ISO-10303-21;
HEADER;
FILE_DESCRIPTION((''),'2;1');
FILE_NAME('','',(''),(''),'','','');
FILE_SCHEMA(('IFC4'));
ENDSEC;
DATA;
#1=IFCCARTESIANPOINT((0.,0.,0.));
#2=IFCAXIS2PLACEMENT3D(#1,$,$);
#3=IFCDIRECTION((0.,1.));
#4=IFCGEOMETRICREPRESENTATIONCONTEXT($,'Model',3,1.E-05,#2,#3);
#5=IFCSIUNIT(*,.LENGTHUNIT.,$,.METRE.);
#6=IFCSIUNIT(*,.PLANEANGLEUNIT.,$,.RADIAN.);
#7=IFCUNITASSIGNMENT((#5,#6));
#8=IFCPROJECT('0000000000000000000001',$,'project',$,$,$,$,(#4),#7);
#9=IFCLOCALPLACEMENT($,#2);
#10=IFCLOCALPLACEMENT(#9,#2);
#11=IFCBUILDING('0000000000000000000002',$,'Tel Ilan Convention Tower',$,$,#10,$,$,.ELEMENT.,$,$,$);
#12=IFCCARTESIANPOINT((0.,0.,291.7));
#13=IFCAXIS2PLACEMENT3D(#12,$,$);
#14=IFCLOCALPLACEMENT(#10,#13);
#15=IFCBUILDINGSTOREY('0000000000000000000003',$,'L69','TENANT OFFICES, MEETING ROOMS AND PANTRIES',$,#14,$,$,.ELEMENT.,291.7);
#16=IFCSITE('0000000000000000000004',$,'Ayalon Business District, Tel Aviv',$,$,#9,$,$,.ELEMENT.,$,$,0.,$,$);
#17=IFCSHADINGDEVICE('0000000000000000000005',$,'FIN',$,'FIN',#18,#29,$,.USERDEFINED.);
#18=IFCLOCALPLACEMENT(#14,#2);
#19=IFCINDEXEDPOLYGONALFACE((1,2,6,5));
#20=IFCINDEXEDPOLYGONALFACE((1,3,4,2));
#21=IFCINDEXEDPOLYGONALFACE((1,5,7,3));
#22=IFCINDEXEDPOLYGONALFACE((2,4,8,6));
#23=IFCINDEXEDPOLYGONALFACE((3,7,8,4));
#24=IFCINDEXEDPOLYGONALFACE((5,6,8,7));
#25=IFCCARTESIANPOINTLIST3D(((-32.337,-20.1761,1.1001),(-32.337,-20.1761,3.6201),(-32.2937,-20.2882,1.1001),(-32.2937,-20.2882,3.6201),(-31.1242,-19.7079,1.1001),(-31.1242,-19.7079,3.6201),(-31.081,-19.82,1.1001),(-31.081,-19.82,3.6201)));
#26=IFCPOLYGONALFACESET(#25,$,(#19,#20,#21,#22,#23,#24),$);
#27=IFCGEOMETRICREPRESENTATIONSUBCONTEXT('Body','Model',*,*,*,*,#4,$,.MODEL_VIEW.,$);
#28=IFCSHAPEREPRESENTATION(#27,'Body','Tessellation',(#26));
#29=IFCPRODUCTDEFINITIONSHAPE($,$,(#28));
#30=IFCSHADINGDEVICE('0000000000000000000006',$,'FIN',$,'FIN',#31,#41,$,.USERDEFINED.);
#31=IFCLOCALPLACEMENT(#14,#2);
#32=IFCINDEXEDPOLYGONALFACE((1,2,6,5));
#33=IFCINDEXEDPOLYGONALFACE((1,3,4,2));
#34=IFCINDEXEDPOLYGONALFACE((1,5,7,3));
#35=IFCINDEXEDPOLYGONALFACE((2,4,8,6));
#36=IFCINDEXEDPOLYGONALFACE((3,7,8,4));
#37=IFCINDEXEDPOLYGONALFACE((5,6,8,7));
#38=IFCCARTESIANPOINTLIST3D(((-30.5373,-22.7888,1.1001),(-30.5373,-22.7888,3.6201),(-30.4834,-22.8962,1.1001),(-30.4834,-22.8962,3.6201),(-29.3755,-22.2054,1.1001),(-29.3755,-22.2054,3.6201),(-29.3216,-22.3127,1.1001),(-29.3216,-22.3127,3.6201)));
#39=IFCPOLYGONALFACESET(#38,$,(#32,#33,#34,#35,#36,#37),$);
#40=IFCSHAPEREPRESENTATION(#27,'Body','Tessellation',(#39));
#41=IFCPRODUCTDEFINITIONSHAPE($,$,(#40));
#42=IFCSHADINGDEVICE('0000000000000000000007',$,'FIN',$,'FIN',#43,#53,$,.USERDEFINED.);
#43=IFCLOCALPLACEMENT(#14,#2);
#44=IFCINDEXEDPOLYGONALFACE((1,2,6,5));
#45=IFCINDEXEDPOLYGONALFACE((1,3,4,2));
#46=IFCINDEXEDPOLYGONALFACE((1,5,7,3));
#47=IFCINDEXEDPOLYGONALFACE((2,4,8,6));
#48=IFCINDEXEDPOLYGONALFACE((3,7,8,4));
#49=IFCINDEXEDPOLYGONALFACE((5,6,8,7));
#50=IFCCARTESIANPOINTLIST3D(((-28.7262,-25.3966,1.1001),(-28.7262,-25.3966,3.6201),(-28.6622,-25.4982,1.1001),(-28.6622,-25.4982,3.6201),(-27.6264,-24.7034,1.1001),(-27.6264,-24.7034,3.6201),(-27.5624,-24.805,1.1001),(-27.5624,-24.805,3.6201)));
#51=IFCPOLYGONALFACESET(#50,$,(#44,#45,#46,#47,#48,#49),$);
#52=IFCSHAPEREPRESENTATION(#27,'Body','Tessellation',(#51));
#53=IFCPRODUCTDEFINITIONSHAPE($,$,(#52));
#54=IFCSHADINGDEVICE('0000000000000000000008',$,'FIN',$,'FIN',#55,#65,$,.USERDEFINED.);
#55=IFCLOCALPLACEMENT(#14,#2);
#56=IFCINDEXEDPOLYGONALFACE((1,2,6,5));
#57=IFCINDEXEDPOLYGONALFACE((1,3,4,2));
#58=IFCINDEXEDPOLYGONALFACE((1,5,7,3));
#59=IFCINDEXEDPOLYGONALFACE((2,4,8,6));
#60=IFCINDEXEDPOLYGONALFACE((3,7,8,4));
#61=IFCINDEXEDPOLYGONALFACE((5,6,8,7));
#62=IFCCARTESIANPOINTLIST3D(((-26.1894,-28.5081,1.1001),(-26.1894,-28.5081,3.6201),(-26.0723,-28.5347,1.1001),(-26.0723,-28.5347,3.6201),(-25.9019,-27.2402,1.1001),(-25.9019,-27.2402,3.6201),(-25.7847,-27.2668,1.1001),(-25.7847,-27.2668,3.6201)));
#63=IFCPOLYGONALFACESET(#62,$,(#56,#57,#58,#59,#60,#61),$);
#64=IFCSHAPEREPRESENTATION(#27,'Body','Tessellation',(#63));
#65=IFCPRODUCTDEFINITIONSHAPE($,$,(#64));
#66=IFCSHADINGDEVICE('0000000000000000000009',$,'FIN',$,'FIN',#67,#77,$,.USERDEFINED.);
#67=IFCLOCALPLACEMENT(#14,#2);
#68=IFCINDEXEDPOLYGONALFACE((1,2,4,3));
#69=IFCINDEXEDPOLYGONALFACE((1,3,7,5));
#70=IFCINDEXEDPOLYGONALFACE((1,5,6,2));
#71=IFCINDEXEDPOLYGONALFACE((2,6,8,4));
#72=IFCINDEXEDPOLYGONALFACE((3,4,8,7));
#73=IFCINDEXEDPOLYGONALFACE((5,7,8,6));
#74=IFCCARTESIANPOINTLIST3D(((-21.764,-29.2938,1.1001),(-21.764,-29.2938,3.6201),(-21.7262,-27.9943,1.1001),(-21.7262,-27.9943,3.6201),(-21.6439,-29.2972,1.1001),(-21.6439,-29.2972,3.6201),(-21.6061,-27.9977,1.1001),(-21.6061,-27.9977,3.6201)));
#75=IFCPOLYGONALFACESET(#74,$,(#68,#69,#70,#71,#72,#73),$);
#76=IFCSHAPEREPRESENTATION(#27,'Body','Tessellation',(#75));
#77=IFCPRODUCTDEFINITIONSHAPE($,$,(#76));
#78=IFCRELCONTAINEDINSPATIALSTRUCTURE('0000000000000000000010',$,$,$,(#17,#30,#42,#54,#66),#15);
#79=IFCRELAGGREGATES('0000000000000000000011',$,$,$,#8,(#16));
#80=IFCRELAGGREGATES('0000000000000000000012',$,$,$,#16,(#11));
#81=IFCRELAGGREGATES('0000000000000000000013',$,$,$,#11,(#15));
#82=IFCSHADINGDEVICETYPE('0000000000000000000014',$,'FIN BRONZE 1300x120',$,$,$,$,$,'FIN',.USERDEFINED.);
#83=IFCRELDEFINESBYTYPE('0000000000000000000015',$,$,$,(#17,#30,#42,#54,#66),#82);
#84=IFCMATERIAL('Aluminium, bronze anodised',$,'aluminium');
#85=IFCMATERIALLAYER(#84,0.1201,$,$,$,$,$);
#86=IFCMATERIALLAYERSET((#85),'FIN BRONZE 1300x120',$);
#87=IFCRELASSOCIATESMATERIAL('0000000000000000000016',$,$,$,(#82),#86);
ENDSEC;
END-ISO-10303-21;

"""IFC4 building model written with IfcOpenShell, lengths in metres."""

from ifc_helpers import new_model, si_unit, direction, frame, origin, origin_2d, place, context, subcontext, project, spatial, rectangle, extrude, material, layer, layer_set, type_object, element, save


model = new_model("IFC4")

# Units and contexts
model_context = context("Model", 3, precision=1e-05, world=origin(), true_north=direction((0.0, 1.0)))
body_context = subcontext(model_context, "Body", "Model", "MODEL_VIEW")
ifc_project = project(units=[si_unit("LENGTHUNIT", "METRE"), si_unit("PLANEANGLEUNIT", "RADIAN")], contexts=[model_context])

# Site, building, storey
site_placement = place(None, origin())
site = spatial("IfcSite", under=ifc_project, at=site_placement, Name="Ayalon Business District, Tel Aviv", CompositionType="ELEMENT", RefElevation=0.0)
building_placement = place(site_placement, origin())
building = spatial("IfcBuilding", under=site, at=building_placement, Name="Tel Ilan Convention Tower", CompositionType="ELEMENT")
storey_placement = place(building_placement, frame((0.0, 0.0, 291.7)))
storey = spatial("IfcBuildingStorey", under=building, at=storey_placement, Name="L69", Description="TENANT OFFICES, MEETING ROOMS AND PANTRIES", CompositionType="ELEMENT", Elevation=291.7)

# Shading devices
ifc_material_1 = material(Name="Aluminium, bronze anodised", Category="aluminium")
ifc_layer_1 = layer(ifc_material_1, 0.1201)
ifc_layer_set_1 = layer_set([ifc_layer_1], Name="FIN BRONZE 1300x120")
shading_device_type = type_object("IfcShadingDeviceType", Name="FIN BRONZE 1300x120", ElementType="FIN", PredefinedType="USERDEFINED", material=ifc_layer_set_1)
for number, where, z_axis, x_axis, name in (
    (1, (-31.709, -19.998, 1.1001), (0.0, 0.0, 1.0), (-0.932884, -0.360178, 0.0), "FIN"),
    (2, (-29.9294, -22.5508, 1.1001), (0.0, 0.0, 1.0), (-0.893633, -0.448799, 0.0), "FIN"),
    (3, (-28.1443, -25.1008, 1.1001), (0.0, 0.0, 1.0), (-0.845986, -0.533204, 0.0), "FIN"),
    (4, (-25.9871, -27.8875, 1.1001), (0.0, 0.0, 1.0), (-0.22117, -0.975235, 0.0), "FIN"),
    (5, (-21.6851, -28.6458, 1.1001), (0.0, 0.0, 1.0), (-0.029085, -0.999577, 0.0), "FIN"),
):
    element("IfcShadingDevice", number, at=place(storey_placement, frame(where, z_axis=z_axis, x_axis=x_axis)), inside=storey, type_object=shading_device_type, Name=name, ObjectType="FIN", PredefinedType="USERDEFINED", context=body_context, shape_type="SweptSolid", body=[
        extrude(rectangle(XDim=1.3, YDim=0.1201, at=origin_2d()), origin(), (0.0, 0.0, 1.0), 2.52),
    ])

save(model, "model.ifc")
